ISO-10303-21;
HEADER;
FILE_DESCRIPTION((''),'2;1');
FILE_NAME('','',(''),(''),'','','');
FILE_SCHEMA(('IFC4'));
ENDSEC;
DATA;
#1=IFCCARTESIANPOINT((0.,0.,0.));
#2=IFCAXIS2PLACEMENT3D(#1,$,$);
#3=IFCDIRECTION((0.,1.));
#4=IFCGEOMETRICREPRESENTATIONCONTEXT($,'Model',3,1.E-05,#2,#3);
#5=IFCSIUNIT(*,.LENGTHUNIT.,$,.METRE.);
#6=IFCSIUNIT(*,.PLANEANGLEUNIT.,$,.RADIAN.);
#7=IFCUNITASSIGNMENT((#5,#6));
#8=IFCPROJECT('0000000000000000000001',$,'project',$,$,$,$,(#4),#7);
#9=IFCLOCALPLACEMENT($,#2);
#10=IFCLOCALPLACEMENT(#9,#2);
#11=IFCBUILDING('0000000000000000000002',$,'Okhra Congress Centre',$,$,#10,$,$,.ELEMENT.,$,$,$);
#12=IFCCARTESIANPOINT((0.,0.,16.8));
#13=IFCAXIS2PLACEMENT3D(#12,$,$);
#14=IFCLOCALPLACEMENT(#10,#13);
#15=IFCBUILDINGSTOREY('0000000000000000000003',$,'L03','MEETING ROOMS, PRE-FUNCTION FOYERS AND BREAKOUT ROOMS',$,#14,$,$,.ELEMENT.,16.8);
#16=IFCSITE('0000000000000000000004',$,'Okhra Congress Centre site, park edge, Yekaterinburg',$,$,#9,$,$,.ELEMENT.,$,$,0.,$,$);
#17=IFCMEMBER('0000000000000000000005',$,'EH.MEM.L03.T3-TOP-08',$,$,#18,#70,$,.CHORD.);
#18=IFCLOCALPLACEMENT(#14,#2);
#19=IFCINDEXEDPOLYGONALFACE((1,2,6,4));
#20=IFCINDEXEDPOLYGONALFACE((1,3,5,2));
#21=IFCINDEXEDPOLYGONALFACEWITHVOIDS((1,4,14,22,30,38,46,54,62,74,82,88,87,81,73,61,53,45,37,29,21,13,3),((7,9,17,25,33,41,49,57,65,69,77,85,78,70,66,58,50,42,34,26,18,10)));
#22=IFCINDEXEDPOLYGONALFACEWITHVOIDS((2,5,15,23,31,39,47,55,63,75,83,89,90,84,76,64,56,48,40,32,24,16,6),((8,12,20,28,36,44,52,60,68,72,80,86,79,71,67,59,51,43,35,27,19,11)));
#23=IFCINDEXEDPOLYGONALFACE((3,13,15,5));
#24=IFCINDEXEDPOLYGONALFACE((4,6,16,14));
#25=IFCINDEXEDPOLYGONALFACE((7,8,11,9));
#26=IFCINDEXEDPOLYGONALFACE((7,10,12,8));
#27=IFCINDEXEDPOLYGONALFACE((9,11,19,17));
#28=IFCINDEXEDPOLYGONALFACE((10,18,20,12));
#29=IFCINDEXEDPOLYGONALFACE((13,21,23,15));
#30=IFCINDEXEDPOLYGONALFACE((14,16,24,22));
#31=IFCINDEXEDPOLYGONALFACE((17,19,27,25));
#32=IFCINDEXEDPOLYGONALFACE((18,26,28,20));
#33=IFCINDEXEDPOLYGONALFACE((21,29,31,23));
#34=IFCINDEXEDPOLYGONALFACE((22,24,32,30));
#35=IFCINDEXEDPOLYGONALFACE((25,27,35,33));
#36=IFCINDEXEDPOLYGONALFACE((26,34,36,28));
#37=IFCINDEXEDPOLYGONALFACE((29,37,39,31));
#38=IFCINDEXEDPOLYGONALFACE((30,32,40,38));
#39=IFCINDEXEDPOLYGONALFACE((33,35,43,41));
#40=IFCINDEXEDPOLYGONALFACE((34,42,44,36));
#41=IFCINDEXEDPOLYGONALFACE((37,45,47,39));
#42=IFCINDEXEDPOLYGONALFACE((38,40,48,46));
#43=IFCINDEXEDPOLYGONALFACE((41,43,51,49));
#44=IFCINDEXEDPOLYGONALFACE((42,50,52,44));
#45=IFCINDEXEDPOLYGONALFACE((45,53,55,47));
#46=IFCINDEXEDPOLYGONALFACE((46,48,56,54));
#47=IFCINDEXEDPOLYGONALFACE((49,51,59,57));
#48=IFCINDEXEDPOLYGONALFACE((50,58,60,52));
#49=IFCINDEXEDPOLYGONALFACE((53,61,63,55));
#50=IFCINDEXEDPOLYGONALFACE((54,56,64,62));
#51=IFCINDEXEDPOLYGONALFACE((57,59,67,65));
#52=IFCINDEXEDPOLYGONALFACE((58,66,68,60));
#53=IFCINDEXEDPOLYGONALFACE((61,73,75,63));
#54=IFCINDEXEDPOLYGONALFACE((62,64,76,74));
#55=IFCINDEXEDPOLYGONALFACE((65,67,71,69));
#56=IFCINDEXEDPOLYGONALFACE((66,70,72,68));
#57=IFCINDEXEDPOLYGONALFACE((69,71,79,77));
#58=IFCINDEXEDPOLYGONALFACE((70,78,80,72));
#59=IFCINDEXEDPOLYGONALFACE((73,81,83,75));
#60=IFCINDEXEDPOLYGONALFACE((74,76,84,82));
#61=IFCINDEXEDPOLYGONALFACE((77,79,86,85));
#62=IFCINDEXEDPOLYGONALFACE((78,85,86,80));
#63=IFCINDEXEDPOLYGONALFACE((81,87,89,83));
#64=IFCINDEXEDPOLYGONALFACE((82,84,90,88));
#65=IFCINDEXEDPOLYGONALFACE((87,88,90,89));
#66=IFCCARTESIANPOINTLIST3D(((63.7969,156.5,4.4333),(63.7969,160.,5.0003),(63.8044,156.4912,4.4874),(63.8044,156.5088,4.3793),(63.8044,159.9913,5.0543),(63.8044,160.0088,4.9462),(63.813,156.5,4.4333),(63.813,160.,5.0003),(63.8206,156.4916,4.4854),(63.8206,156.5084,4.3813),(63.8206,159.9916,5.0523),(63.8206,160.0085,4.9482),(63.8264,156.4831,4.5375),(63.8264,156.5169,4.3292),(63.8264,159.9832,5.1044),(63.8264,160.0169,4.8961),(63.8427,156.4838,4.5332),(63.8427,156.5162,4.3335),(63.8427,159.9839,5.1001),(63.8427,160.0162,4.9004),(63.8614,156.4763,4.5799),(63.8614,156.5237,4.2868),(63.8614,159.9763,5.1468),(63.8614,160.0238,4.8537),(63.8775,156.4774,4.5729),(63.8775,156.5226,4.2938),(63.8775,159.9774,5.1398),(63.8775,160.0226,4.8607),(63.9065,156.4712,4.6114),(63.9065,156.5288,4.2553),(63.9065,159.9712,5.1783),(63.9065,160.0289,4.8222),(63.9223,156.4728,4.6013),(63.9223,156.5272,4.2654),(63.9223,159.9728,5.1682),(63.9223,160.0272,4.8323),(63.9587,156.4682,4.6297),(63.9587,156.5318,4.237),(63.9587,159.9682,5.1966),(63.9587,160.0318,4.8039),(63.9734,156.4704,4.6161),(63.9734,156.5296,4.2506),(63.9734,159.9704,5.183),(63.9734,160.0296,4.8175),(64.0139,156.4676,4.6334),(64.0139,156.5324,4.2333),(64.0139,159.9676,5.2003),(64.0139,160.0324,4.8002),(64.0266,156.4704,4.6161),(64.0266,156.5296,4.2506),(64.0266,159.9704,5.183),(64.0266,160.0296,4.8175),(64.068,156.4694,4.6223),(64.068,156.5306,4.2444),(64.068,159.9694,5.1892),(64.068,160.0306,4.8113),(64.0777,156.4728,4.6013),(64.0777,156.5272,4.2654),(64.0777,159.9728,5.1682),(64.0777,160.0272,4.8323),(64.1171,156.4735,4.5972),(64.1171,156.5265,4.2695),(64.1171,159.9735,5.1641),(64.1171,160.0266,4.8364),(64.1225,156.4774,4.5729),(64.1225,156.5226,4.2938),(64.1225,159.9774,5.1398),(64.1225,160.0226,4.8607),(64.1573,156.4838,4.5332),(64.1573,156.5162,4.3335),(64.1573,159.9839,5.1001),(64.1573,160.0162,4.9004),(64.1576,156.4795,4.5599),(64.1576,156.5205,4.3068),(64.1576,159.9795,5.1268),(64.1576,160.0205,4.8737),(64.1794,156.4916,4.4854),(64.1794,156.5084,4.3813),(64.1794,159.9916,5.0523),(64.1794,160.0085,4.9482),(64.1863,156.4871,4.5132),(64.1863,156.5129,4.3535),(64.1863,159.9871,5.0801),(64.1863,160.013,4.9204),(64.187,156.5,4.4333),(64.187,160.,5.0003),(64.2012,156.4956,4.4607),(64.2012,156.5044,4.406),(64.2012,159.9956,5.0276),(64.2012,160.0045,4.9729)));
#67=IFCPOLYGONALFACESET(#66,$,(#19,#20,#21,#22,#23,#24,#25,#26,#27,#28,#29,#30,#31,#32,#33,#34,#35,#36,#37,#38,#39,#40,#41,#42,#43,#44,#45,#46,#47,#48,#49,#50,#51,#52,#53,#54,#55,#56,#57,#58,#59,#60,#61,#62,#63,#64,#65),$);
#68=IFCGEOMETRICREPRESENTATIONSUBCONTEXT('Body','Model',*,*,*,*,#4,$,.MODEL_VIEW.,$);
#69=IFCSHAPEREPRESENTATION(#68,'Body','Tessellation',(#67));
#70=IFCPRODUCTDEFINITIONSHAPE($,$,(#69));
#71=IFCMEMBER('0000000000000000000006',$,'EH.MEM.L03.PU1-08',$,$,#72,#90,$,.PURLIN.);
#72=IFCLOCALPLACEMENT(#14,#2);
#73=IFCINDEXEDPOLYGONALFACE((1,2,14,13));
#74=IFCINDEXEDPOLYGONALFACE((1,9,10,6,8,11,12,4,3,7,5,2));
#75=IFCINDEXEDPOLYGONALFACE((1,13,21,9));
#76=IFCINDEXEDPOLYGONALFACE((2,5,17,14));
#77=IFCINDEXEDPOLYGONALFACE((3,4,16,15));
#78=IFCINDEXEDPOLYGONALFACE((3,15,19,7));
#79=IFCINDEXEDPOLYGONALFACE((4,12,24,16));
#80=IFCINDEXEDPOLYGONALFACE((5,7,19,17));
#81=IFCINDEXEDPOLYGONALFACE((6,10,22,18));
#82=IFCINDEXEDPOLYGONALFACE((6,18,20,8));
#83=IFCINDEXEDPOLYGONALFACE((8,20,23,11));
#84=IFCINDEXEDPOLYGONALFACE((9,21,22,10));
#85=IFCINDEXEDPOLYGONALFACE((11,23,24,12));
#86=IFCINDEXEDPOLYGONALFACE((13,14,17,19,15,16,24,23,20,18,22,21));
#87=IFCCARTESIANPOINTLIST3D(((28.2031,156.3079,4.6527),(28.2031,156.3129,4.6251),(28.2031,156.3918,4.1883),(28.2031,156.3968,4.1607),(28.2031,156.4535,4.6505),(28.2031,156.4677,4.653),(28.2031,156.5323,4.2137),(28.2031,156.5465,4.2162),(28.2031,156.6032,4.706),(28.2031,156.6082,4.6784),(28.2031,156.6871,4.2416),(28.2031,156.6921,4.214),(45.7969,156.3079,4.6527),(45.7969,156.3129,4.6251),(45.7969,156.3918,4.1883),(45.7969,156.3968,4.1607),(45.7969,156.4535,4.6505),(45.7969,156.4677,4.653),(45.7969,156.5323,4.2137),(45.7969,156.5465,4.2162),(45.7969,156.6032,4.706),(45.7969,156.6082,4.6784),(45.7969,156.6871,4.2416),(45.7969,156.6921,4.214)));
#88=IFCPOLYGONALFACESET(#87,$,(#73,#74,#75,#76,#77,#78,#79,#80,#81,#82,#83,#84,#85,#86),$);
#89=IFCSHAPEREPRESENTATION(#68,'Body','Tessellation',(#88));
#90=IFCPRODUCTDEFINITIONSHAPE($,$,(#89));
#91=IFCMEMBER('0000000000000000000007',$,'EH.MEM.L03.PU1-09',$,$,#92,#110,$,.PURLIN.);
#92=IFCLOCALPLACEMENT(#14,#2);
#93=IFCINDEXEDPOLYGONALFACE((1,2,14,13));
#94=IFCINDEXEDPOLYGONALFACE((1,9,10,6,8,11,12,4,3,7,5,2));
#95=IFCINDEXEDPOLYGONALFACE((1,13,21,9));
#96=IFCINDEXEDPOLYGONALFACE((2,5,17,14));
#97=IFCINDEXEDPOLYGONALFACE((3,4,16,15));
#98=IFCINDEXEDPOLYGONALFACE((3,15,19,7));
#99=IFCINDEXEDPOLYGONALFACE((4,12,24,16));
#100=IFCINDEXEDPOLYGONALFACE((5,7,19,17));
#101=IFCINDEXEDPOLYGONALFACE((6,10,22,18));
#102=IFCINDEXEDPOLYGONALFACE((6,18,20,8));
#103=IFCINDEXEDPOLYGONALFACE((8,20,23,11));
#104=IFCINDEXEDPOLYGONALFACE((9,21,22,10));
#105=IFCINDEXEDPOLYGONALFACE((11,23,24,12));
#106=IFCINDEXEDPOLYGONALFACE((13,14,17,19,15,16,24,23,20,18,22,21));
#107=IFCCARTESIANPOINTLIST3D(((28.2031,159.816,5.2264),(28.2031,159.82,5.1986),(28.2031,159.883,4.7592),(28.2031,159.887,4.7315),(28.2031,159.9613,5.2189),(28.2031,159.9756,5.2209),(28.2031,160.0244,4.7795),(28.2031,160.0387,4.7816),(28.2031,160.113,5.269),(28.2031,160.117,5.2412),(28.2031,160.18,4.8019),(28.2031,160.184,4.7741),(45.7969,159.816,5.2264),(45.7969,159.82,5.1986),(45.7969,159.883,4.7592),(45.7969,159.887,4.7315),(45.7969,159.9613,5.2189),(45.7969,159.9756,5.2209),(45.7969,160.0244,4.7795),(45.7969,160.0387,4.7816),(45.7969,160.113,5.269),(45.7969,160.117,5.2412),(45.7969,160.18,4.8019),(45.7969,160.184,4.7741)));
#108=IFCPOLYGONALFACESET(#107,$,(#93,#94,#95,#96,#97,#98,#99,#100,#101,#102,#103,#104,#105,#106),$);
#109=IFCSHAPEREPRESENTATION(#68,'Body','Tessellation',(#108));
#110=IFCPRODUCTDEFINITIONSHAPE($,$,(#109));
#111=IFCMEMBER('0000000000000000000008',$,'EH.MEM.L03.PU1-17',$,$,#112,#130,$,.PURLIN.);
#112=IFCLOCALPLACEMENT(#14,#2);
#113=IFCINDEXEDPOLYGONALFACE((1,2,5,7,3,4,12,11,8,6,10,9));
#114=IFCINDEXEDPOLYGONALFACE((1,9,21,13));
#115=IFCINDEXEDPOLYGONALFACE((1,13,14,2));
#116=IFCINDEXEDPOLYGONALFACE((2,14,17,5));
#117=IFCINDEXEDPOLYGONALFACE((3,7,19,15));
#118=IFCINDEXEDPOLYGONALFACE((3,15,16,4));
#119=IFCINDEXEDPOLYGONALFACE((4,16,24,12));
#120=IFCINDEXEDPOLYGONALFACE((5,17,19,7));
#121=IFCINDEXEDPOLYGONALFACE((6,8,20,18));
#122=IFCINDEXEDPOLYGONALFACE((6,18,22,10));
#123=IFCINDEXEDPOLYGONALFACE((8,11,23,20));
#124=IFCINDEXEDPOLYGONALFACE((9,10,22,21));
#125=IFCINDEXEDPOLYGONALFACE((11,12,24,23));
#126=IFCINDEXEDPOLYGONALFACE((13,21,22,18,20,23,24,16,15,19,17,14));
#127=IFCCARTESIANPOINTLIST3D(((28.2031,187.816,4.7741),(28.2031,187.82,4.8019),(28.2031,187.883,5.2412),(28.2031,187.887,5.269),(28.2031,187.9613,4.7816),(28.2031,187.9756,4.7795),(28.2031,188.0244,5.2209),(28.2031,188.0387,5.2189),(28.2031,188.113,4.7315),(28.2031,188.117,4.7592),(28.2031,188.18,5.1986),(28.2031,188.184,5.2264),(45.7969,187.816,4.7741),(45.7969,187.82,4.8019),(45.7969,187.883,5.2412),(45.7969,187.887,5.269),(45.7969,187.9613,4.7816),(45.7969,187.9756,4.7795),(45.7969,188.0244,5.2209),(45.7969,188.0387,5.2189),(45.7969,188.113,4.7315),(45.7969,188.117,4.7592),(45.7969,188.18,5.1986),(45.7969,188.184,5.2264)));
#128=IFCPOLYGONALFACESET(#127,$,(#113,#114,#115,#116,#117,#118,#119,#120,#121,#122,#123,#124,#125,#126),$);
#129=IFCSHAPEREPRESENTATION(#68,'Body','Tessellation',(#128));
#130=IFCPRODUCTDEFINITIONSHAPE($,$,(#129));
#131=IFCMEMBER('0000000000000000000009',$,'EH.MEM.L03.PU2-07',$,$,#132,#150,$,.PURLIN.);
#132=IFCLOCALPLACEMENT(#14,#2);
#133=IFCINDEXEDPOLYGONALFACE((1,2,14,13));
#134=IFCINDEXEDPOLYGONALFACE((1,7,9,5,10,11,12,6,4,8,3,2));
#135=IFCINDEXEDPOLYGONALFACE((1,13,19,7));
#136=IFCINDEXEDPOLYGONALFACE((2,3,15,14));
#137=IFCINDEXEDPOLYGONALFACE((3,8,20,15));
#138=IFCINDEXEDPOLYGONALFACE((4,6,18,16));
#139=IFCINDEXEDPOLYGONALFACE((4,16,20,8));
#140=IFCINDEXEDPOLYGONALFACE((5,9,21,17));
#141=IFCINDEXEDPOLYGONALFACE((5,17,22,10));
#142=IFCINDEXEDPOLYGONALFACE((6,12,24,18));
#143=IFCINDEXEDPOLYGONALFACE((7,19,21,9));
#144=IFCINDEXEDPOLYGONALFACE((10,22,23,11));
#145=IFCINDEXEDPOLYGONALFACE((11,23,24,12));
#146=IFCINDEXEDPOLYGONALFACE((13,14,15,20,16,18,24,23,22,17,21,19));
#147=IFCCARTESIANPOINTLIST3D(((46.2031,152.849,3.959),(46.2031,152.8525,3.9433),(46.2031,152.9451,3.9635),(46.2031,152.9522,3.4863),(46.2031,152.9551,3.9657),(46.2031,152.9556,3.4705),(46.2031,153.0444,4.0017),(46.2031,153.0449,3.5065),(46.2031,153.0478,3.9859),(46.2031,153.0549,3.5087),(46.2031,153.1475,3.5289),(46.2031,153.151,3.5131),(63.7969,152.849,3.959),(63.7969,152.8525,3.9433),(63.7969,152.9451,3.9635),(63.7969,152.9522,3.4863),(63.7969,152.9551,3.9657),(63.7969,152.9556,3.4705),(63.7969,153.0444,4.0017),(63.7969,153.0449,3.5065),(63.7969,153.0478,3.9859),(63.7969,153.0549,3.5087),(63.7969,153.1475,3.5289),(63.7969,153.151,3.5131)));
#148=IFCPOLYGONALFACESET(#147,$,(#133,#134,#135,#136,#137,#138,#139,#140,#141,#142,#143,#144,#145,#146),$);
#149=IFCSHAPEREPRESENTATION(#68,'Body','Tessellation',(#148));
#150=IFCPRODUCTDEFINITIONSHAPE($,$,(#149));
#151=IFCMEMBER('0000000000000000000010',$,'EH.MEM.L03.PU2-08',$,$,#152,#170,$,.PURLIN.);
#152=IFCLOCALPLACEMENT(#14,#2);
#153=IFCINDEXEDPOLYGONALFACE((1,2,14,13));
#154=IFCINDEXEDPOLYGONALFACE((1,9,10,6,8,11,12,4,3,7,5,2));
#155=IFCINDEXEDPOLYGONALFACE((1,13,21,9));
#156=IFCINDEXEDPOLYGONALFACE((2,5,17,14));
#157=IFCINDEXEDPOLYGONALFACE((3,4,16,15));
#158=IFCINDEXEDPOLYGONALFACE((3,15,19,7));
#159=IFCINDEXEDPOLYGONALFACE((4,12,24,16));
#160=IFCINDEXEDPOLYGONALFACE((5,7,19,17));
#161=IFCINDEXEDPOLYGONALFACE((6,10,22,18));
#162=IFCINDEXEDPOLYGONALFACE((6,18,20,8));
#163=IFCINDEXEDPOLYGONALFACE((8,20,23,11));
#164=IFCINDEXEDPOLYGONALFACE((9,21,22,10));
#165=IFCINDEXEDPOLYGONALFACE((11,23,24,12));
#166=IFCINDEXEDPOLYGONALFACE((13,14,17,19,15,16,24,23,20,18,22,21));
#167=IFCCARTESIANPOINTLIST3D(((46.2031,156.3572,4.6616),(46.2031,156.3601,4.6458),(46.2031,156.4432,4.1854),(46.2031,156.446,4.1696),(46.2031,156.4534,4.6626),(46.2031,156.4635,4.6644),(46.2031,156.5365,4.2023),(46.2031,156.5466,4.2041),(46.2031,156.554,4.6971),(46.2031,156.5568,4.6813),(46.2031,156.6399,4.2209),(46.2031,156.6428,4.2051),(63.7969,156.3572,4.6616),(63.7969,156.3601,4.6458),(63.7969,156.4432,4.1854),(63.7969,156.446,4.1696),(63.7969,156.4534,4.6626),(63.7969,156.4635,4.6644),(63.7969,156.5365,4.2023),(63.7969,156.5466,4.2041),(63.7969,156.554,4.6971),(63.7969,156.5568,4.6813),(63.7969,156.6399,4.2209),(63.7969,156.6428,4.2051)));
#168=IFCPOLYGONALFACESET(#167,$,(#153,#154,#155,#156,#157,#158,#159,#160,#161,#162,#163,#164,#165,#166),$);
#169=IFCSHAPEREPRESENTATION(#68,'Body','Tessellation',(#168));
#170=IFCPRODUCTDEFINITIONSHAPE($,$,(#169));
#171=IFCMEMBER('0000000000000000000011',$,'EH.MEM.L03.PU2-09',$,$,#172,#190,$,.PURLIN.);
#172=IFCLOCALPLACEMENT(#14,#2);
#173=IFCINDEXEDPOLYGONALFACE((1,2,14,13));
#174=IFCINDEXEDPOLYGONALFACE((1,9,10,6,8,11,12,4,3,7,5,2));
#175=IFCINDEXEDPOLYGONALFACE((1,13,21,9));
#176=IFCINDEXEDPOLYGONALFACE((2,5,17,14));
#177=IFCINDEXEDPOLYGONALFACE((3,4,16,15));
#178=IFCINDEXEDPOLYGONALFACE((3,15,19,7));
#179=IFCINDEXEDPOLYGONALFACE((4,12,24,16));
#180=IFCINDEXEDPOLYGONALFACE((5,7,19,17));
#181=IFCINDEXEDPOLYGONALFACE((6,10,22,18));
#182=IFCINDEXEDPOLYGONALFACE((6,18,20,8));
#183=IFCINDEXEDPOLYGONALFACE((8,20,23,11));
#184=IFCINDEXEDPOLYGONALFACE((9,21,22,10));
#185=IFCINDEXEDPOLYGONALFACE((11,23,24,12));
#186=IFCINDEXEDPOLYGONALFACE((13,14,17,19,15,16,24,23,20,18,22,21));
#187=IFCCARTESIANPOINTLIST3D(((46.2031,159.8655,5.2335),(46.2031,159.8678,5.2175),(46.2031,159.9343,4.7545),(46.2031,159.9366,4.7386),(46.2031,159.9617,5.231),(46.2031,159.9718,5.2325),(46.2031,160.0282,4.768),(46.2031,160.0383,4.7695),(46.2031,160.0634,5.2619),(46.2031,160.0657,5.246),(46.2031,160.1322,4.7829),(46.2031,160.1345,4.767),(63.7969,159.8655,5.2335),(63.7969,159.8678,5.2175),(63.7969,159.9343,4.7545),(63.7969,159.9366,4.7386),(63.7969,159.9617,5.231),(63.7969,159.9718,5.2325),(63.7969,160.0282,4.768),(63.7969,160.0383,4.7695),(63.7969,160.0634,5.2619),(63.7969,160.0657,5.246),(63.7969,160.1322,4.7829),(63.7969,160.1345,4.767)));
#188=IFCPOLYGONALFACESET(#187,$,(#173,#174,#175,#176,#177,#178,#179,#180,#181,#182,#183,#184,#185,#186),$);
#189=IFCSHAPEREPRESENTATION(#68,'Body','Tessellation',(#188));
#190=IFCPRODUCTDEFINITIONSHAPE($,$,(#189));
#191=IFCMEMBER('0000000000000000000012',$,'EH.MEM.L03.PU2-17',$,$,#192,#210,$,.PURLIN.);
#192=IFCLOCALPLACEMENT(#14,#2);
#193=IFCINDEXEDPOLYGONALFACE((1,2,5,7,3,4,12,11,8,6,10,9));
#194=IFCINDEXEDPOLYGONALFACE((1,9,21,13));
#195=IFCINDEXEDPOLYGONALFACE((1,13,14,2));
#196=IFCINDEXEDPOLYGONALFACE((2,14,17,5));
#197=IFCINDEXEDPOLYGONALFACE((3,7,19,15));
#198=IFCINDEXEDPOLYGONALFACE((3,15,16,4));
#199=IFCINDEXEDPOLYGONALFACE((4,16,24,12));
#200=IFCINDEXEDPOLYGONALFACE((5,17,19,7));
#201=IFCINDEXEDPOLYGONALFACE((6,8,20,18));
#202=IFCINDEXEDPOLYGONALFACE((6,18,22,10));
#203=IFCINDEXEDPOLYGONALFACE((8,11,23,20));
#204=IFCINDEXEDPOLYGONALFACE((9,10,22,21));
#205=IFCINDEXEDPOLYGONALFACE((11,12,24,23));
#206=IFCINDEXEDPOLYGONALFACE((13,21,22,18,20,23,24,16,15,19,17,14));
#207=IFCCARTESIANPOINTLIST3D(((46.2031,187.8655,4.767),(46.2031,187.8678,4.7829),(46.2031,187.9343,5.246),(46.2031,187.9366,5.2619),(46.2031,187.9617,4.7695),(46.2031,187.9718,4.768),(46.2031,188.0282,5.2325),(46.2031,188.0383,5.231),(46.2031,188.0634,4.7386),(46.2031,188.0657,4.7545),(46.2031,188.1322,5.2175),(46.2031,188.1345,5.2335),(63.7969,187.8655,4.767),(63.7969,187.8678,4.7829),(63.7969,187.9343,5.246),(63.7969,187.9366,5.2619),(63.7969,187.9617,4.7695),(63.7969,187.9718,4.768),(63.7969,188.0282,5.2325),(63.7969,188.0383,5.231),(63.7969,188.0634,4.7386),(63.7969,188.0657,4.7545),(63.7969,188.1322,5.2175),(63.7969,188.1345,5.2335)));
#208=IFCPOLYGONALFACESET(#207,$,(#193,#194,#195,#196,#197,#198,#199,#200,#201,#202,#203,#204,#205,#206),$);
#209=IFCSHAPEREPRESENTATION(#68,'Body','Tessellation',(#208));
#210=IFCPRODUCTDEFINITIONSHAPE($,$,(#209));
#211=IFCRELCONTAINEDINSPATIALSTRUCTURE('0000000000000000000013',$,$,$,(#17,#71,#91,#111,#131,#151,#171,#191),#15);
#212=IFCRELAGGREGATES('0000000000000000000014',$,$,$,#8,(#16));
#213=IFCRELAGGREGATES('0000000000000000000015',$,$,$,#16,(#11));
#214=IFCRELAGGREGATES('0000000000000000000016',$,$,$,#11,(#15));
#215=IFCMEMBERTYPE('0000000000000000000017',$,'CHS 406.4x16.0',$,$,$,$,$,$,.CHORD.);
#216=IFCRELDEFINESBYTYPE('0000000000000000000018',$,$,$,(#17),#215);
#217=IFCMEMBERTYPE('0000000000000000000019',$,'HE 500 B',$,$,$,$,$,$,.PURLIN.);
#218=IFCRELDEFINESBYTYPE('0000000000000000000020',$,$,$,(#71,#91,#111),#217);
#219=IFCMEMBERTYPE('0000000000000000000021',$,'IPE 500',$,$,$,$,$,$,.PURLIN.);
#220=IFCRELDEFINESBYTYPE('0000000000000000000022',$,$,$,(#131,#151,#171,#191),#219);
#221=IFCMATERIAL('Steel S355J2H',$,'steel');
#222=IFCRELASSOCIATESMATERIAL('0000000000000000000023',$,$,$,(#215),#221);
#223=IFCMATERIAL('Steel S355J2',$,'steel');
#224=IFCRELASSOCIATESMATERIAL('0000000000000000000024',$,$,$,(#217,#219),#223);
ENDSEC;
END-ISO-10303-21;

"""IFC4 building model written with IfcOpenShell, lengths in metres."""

from ifc_helpers import new_model, si_unit, direction, frame, origin, origin_2d, place, context, subcontext, project, spatial, hollow_circle, i_section, extrude, material, material_profile, profile_set, type_object, element, save


model = new_model("IFC4")

# Units and contexts
model_context = context("Model", 3, precision=1e-05, world=origin(), true_north=direction((0.0, 1.0)))
body_context = subcontext(model_context, "Body", "Model", "MODEL_VIEW")
ifc_project = project(units=[si_unit("LENGTHUNIT", "METRE"), si_unit("PLANEANGLEUNIT", "RADIAN")], contexts=[model_context])

# Site, building, storey
site_placement = place(None, origin())
site = spatial("IfcSite", under=ifc_project, at=site_placement, Name="Okhra Congress Centre site, park edge, Yekaterinburg", CompositionType="ELEMENT", RefElevation=0.0)
building_placement = place(site_placement, origin())
building = spatial("IfcBuilding", under=site, at=building_placement, Name="Okhra Congress Centre", CompositionType="ELEMENT")
storey_placement = place(building_placement, frame((0.0, 0.0, 16.8)))
storey = spatial("IfcBuildingStorey", under=building, at=storey_placement, Name="L03", Description="MEETING ROOMS, PRE-FUNCTION FOYERS AND BREAKOUT ROOMS", CompositionType="ELEMENT", Elevation=16.8)

# Members
ifc_material_1 = material(Name="Steel S355J2H", Category="steel")
ifc_material_profile_1 = material_profile(ifc_material_1, hollow_circle(Radius=0.2031, WallThickness=0.0161, at=origin_2d()), Name="CHS 406.4x16.0")
ifc_profile_set_1 = profile_set([ifc_material_profile_1], Name="Steel S355J2H")
member_type_1 = type_object("IfcMemberType", Name="CHS 406.4x16.0", PredefinedType="CHORD", material=ifc_profile_set_1)
member_1_placement = place(storey_placement, frame((64.0, 156.5, 4.4333), z_axis=(0.0, 0.987135, 0.159886), x_axis=(-1.0, 0.0, 0.0)))
element("IfcMember", 1, at=member_1_placement, inside=storey, type_object=member_type_1, Name="EH.MEM.L03.T3-TOP-08", PredefinedType="CHORD", context=body_context, shape_type="SweptSolid", body=[
    extrude(hollow_circle(Radius=0.2031, WallThickness=0.0161, at=origin_2d()), origin(), (0.0, 0.0, 1.0), 3.5457),
])
ifc_material_2 = material(Name="Steel S355J2", Category="steel")
ifc_material_profile_2 = material_profile(ifc_material_2, i_section(OverallWidth=0.3, OverallDepth=0.5, WebThickness=0.0144, FlangeThickness=0.0281, at=origin_2d()), Name="HE 500 B")
ifc_profile_set_2 = profile_set([ifc_material_profile_2], Name="Steel S355J2")
member_type_2 = type_object("IfcMemberType", Name="HE 500 B", PredefinedType="PURLIN", material=ifc_profile_set_2)
for number, where, z_axis, x_axis, name in (
    (2, (28.2031, 156.5, 4.4333), (1.0, 0.0, 0.0), (0.0, 0.98409, 0.177669), "EH.MEM.L03.PU1-08"),
    (3, (28.2031, 160.0, 5.0002), (1.0, 0.0, 0.0), (0.0, 0.989847, 0.142135), "EH.MEM.L03.PU1-09"),
    (4, (28.2031, 188.0, 5.0002), (1.0, 0.0, 0.0), (0.0, 0.989847, -0.142135), "EH.MEM.L03.PU1-17"),
):
    element("IfcMember", number, at=place(storey_placement, frame(where, z_axis=z_axis, x_axis=x_axis)), inside=storey, type_object=member_type_2, Name=name, PredefinedType="PURLIN", context=body_context, shape_type="SweptSolid", body=[
        extrude(i_section(OverallWidth=0.3, OverallDepth=0.5, WebThickness=0.0144, FlangeThickness=0.0281, at=origin_2d()), origin(), (0.0, 0.0, 1.0), 17.5938),
    ])
ifc_material_profile_3 = material_profile(ifc_material_2, i_section(OverallWidth=0.2, OverallDepth=0.5, WebThickness=0.0103, FlangeThickness=0.0161, at=origin_2d()), Name="IPE 500")
ifc_profile_set_3 = profile_set([ifc_material_profile_3], Name="Steel S355J2")
member_type_3 = type_object("IfcMemberType", Name="IPE 500", PredefinedType="PURLIN", material=ifc_profile_set_3)
for number, where, z_axis, x_axis, name in (
    (5, (46.2031, 153.0, 3.7361), (1.0, 0.0, 0.0), (0.0, 0.977008, 0.213204), "EH.MEM.L03.PU2-07"),
    (6, (46.2031, 156.5, 4.4333), (1.0, 0.0, 0.0), (0.0, 0.98409, 0.177669), "EH.MEM.L03.PU2-08"),
    (7, (46.2031, 160.0, 5.0002), (1.0, 0.0, 0.0), (0.0, 0.989847, 0.142135), "EH.MEM.L03.PU2-09"),
    (8, (46.2031, 188.0, 5.0002), (1.0, 0.0, 0.0), (0.0, 0.989847, -0.142135), "EH.MEM.L03.PU2-17"),
):
    element("IfcMember", number, at=place(storey_placement, frame(where, z_axis=z_axis, x_axis=x_axis)), inside=storey, type_object=member_type_3, Name=name, PredefinedType="PURLIN", context=body_context, shape_type="SweptSolid", body=[
        extrude(i_section(OverallWidth=0.2, OverallDepth=0.5, WebThickness=0.0103, FlangeThickness=0.0161, at=origin_2d()), origin(), (0.0, 0.0, 1.0), 17.5938),
    ])

save(model, "model.ifc")
